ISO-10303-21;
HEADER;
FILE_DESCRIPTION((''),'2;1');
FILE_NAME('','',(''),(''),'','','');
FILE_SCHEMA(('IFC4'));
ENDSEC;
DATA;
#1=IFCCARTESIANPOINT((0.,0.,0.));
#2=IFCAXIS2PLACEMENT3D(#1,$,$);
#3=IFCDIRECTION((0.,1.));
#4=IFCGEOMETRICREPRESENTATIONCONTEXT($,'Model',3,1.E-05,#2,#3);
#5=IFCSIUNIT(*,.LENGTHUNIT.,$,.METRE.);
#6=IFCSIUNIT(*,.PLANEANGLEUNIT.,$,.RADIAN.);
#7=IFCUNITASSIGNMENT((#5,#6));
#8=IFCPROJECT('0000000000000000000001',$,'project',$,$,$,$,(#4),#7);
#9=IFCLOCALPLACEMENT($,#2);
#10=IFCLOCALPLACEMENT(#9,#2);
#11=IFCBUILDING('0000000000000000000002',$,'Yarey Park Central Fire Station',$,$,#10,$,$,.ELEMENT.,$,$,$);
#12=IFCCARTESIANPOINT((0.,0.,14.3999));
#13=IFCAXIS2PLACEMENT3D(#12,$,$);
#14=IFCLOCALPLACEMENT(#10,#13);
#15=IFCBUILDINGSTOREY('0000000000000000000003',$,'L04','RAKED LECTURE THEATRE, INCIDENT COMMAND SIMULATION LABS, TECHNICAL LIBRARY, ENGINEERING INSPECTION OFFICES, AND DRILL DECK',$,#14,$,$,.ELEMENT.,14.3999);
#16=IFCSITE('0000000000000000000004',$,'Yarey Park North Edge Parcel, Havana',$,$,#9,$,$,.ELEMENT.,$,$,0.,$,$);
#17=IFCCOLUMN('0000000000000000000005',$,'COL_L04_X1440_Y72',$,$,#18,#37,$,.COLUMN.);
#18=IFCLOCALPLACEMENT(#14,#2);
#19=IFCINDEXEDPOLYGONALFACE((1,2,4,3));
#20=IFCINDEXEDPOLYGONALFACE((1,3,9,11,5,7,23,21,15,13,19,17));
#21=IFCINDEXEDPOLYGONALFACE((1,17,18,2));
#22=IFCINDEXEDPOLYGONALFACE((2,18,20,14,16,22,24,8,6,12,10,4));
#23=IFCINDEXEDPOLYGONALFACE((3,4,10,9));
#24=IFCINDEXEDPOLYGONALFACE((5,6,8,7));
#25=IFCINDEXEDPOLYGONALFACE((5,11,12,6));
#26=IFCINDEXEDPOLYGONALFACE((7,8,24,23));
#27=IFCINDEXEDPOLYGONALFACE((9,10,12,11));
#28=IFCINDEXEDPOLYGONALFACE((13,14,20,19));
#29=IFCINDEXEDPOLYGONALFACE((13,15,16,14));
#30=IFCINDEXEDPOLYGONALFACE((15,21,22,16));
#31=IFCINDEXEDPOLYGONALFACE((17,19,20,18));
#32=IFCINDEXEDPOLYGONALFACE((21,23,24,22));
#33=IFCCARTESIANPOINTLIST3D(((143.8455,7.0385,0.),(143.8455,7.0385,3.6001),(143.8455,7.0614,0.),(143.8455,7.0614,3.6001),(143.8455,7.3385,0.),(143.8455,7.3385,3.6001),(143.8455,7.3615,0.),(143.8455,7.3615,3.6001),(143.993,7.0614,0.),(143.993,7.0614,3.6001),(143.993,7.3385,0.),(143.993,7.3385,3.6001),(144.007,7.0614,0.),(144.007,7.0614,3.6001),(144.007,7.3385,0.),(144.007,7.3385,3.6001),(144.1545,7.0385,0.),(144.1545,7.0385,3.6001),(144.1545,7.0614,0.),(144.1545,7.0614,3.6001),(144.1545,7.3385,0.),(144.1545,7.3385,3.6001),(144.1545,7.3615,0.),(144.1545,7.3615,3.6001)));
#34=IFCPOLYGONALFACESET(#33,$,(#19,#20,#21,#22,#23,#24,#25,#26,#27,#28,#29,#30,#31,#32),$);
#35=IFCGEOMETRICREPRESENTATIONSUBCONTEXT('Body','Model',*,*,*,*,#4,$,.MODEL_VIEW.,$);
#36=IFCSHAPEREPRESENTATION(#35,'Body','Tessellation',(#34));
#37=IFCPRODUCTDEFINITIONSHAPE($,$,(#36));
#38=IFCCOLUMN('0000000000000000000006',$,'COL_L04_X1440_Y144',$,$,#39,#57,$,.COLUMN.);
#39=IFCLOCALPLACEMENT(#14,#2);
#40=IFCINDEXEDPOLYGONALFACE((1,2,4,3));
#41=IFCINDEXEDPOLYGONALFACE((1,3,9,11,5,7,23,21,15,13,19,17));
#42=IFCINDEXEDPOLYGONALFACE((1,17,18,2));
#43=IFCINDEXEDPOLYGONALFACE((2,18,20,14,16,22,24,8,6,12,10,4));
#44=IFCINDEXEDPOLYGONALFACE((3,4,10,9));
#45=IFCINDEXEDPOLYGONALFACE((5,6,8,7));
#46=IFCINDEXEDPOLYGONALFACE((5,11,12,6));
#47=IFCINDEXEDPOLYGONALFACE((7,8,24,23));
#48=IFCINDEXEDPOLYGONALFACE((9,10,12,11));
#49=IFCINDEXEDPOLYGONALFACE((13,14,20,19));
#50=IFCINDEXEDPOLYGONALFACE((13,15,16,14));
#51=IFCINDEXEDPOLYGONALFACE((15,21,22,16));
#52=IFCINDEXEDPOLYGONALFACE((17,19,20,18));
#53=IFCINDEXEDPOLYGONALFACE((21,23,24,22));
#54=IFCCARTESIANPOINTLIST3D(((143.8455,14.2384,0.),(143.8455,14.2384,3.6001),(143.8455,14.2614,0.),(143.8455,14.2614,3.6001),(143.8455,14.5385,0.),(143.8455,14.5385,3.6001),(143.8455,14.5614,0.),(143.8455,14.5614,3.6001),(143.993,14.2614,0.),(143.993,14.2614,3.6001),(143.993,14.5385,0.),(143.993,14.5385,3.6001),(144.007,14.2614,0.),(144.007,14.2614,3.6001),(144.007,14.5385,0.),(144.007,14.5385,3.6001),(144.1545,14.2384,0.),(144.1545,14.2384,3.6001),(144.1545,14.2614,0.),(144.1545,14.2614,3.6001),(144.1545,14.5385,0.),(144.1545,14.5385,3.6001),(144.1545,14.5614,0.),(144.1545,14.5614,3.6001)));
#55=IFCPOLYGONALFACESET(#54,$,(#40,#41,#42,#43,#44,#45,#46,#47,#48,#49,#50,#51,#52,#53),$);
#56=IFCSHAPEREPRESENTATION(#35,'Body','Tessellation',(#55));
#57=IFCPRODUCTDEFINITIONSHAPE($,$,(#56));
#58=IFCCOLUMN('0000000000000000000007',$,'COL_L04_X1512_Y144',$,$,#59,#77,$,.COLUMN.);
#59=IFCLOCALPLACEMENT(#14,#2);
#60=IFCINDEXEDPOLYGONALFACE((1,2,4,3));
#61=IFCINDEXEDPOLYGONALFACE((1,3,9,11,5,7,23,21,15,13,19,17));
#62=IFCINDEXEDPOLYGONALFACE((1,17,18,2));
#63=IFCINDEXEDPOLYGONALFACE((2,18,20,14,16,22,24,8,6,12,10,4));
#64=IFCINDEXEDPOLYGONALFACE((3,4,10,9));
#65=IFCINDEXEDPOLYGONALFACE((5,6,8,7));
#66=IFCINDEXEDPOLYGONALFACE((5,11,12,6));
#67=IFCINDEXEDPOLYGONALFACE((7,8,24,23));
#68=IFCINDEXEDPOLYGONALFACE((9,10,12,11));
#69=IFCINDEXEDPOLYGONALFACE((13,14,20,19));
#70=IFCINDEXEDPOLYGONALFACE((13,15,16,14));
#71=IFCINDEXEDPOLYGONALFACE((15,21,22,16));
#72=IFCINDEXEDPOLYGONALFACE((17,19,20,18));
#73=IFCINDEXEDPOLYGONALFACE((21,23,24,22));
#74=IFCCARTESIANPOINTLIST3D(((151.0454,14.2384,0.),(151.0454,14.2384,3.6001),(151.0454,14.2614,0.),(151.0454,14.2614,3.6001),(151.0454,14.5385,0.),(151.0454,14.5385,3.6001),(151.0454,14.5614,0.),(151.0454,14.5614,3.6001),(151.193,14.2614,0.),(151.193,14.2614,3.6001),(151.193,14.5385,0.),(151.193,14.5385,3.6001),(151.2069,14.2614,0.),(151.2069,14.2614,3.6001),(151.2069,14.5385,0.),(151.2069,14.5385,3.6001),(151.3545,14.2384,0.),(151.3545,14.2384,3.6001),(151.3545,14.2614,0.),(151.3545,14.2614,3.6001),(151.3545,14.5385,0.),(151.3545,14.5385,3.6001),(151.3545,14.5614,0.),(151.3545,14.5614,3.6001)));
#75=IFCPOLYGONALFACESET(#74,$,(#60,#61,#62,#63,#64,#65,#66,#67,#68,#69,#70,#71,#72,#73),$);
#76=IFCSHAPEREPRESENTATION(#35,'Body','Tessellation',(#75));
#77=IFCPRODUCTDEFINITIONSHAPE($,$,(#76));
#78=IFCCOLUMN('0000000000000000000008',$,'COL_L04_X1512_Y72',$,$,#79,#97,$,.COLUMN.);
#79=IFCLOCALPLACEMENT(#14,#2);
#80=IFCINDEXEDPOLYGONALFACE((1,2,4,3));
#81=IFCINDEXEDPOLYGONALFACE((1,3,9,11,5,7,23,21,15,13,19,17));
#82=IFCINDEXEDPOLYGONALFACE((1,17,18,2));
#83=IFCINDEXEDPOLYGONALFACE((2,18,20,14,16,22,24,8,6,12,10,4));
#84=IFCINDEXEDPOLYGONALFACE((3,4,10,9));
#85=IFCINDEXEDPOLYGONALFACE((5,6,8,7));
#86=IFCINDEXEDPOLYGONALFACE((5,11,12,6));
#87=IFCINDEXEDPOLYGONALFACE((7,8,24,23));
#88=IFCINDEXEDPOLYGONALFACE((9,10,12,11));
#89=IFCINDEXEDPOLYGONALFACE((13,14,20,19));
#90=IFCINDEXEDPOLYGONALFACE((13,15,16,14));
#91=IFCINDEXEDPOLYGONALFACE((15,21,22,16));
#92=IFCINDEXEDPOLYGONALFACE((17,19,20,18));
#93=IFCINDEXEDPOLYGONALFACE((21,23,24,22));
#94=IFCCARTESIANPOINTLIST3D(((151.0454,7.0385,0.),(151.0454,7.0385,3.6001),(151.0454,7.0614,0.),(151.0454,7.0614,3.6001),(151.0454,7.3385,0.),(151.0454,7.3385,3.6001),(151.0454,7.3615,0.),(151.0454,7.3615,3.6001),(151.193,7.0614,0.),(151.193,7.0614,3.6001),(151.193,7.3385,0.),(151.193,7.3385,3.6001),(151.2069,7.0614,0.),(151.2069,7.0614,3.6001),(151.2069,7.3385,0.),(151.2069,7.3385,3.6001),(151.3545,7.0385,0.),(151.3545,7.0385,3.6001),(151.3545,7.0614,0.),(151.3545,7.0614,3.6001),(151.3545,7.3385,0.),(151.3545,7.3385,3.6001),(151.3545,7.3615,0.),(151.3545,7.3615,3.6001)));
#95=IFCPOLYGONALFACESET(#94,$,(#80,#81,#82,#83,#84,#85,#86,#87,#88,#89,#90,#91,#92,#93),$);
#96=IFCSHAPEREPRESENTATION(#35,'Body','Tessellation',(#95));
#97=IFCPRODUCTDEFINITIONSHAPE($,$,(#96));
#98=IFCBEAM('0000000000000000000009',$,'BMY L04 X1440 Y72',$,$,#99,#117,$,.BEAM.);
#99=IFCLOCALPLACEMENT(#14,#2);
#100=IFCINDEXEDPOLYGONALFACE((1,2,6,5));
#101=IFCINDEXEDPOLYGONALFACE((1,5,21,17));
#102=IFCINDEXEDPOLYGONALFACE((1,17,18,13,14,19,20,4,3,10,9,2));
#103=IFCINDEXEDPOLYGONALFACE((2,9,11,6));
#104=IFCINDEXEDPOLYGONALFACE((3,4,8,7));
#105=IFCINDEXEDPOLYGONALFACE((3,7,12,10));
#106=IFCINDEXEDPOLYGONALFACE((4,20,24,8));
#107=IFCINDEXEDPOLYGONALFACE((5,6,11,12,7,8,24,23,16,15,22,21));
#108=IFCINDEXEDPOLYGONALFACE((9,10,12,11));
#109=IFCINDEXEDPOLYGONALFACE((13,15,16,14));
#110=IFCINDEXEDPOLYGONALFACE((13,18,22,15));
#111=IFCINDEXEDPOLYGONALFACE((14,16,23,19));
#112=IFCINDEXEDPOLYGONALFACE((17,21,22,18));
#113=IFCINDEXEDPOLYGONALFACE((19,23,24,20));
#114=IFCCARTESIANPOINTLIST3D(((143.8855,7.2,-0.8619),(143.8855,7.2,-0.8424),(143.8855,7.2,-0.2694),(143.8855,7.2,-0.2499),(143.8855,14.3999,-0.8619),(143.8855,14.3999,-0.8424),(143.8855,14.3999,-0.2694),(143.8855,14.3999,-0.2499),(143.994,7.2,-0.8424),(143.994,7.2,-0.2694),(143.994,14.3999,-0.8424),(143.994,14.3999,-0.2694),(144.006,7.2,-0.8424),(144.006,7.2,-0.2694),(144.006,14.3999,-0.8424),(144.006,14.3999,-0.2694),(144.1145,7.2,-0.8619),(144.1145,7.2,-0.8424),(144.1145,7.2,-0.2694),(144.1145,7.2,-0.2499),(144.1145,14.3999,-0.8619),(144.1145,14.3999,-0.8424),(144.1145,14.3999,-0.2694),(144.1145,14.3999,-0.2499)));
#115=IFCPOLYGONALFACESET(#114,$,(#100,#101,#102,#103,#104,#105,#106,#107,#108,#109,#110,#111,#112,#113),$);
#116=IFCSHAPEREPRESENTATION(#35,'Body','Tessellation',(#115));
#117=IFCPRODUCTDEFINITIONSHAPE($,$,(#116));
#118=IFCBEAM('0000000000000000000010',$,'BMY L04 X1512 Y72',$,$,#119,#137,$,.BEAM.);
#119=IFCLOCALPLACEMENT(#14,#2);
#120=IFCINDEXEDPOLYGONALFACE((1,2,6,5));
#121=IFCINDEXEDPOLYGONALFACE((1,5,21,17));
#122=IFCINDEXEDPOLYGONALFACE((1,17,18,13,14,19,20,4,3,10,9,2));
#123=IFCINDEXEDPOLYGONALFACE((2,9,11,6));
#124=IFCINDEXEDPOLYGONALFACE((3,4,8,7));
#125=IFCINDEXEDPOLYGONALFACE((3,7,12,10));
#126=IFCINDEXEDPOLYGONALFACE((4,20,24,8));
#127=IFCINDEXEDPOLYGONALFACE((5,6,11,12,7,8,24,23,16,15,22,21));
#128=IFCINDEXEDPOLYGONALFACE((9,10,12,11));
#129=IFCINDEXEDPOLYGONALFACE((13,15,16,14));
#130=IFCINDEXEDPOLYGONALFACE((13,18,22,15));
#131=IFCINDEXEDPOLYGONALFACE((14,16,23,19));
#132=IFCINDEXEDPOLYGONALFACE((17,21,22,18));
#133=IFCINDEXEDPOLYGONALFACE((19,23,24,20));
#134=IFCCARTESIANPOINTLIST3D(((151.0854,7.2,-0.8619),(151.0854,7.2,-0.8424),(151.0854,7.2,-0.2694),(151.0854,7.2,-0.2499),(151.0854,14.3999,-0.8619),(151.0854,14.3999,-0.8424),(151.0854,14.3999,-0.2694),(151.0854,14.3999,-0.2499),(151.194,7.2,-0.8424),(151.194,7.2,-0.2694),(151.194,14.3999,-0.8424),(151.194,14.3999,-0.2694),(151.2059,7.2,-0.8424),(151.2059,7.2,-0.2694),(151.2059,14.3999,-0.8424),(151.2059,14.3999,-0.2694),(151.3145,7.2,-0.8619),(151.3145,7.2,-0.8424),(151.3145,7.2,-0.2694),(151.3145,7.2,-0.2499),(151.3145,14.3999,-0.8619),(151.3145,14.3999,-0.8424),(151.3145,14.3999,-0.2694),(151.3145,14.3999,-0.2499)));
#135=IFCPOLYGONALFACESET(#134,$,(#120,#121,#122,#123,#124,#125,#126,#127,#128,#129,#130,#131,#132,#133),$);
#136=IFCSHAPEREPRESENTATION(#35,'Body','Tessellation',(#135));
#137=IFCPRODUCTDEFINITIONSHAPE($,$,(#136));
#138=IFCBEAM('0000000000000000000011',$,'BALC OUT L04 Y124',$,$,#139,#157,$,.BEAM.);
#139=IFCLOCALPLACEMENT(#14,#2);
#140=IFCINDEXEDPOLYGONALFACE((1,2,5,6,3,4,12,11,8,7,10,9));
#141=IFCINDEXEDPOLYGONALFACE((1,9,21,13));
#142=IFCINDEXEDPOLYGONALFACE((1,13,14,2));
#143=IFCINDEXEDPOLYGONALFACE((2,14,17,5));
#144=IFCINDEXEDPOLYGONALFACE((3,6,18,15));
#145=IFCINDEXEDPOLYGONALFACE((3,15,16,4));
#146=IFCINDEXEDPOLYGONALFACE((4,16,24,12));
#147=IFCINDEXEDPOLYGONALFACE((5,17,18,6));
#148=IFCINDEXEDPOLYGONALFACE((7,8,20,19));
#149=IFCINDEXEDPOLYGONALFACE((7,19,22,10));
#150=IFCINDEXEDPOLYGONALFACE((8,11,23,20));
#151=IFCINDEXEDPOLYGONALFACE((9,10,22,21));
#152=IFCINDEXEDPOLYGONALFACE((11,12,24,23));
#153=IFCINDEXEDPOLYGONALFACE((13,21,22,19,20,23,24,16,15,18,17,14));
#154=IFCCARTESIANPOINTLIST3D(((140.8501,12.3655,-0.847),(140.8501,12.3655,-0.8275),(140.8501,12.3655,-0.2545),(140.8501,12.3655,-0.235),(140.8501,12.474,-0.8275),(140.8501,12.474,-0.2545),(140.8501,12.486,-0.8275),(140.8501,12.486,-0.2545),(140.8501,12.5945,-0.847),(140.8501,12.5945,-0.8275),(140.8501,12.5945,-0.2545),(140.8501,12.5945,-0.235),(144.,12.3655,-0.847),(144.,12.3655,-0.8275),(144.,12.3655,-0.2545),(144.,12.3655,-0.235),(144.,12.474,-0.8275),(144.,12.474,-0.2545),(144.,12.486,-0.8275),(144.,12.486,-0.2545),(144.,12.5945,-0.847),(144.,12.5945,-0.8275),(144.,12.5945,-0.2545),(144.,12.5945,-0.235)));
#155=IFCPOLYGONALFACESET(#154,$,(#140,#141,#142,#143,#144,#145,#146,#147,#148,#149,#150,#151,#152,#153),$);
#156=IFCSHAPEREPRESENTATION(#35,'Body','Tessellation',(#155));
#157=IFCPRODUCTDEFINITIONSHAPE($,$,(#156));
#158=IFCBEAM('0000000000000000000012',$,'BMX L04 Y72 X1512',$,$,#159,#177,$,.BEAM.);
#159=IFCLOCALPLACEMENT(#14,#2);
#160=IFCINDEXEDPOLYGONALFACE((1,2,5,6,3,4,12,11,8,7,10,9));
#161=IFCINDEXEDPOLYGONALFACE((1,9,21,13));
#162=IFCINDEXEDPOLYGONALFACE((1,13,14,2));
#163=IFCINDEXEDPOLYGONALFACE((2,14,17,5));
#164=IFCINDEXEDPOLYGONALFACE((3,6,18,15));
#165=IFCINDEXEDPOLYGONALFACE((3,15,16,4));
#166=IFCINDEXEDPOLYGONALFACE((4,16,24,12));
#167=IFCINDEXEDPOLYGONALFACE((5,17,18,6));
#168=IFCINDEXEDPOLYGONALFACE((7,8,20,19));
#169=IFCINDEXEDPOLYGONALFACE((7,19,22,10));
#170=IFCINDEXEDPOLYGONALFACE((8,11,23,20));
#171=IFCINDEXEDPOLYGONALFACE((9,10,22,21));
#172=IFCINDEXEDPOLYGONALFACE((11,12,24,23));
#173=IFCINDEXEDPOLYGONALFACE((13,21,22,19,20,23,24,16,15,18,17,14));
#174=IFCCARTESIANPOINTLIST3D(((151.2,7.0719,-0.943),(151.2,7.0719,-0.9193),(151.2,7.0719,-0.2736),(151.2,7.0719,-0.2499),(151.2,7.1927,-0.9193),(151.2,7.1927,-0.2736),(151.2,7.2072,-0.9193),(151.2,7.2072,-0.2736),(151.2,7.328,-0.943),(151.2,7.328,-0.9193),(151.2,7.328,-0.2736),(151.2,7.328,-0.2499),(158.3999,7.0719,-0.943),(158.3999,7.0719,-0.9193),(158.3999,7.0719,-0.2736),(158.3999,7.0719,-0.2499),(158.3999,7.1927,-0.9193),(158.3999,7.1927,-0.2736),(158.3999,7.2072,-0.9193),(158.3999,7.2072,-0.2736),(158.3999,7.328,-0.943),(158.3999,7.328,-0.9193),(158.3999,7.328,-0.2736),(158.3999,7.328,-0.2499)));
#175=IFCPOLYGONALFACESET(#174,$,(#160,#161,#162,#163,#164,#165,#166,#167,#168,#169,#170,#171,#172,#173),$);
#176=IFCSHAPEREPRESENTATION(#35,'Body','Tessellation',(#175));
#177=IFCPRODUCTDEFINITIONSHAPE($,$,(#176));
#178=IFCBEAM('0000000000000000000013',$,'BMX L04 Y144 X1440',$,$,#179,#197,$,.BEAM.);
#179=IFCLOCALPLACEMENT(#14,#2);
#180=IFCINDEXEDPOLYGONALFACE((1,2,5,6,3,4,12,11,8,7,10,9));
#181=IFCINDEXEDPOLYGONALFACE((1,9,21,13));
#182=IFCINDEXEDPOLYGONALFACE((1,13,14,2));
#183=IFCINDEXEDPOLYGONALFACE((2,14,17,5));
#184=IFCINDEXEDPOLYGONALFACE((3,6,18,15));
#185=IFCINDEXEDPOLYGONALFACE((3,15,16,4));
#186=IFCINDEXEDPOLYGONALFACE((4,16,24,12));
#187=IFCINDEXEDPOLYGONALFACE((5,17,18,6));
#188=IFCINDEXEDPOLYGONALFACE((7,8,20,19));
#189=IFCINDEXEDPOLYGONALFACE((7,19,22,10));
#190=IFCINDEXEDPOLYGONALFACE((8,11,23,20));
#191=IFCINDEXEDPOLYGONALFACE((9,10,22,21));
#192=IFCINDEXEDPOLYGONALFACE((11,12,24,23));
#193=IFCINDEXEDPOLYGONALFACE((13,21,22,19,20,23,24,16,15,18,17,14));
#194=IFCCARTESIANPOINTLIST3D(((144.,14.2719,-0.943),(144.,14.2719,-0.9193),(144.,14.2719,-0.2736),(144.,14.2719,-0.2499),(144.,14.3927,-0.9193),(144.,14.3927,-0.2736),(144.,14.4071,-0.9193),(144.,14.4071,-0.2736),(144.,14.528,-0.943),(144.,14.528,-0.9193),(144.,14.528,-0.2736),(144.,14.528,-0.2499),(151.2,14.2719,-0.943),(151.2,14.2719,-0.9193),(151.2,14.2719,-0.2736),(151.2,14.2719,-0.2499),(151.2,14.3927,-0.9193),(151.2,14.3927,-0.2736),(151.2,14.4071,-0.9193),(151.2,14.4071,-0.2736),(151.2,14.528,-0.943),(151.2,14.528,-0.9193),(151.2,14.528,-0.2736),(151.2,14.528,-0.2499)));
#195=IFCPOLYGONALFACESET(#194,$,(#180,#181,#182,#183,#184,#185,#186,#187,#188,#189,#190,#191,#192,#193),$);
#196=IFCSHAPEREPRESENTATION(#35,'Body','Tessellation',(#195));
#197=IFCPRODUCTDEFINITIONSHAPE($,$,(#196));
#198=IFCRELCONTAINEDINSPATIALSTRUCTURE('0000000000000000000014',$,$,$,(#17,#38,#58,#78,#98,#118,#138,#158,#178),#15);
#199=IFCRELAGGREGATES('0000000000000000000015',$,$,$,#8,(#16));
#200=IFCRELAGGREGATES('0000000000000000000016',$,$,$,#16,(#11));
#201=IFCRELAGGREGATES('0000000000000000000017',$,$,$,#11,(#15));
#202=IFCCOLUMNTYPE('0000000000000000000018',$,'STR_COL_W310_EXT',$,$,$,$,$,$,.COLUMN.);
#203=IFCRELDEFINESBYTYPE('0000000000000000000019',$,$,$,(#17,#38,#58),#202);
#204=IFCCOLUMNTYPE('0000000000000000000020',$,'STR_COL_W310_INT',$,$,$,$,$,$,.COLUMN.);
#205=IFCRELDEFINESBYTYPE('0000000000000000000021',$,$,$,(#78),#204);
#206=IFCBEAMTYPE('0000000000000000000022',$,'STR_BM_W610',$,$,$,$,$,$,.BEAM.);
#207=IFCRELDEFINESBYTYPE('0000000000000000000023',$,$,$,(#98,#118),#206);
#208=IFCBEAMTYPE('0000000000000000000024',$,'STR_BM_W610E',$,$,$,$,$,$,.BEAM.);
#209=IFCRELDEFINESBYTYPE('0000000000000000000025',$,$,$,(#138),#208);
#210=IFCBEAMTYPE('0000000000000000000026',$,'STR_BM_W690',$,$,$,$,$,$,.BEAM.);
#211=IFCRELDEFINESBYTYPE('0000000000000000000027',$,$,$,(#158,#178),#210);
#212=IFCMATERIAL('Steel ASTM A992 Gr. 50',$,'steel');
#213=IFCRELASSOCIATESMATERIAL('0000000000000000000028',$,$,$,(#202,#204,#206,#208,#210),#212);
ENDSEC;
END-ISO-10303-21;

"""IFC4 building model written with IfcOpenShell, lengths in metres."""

from ifc_helpers import new_model, si_unit, direction, frame, origin, origin_2d, place, context, subcontext, project, spatial, i_section, extrude, material, material_profile, profile_set, type_object, element, save


model = new_model("IFC4")

# Units and contexts
model_context = context("Model", 3, precision=1e-05, world=origin(), true_north=direction((0.0, 1.0)))
body_context = subcontext(model_context, "Body", "Model", "MODEL_VIEW")
ifc_project = project(units=[si_unit("LENGTHUNIT", "METRE"), si_unit("PLANEANGLEUNIT", "RADIAN")], contexts=[model_context])

# Site, building, storey
site_placement = place(None, origin())
site = spatial("IfcSite", under=ifc_project, at=site_placement, Name="Yarey Park North Edge Parcel, Havana", CompositionType="ELEMENT", RefElevation=0.0)
building_placement = place(site_placement, origin())
building = spatial("IfcBuilding", under=site, at=building_placement, Name="Yarey Park Central Fire Station", CompositionType="ELEMENT")
storey_placement = place(building_placement, frame((0.0, 0.0, 14.3999)))
storey = spatial("IfcBuildingStorey", under=building, at=storey_placement, Name="L04", Description="RAKED LECTURE THEATRE, INCIDENT COMMAND SIMULATION LABS, TECHNICAL LIBRARY, ENGINEERING INSPECTION OFFICES, AND DRILL DECK", CompositionType="ELEMENT", Elevation=14.3999)

# Columns
ifc_material_1 = material(Name="Steel ASTM A992 Gr. 50", Category="steel")
ifc_material_profile_1 = material_profile(ifc_material_1, i_section(OverallWidth=0.3091, OverallDepth=0.323, WebThickness=0.0139, FlangeThickness=0.0229, at=origin_2d()), Name="W310x143")
ifc_profile_set_1 = profile_set([ifc_material_profile_1], Name="Steel ASTM A992 Gr. 50")
column_type_1 = type_object("IfcColumnType", Name="STR_COL_W310_EXT", PredefinedType="COLUMN", material=ifc_profile_set_1)
for number, where, z_axis, x_axis, name in (
    (1, (144.0, 7.2, 0.0), (0.0, 0.0, 1.0), (1.0, 0.0, 0.0), "COL_L04_X1440_Y72"),
    (2, (144.0, 14.3999, 0.0), (0.0, 0.0, 1.0), (1.0, 0.0, 0.0), "COL_L04_X1440_Y144"),
    (3, (151.2, 14.3999, 0.0), (0.0, 0.0, 1.0), (1.0, 0.0, 0.0), "COL_L04_X1512_Y144"),
):
    element("IfcColumn", number, at=place(storey_placement, frame(where, z_axis=z_axis, x_axis=x_axis)), inside=storey, type_object=column_type_1, Name=name, PredefinedType="COLUMN", context=body_context, shape_type="SweptSolid", body=[
        extrude(i_section(OverallWidth=0.3091, OverallDepth=0.323, WebThickness=0.0139, FlangeThickness=0.0229, at=origin_2d()), origin(), (0.0, 0.0, 1.0), 3.6001),
    ])
ifc_material_profile_2 = material_profile(ifc_material_1, i_section(OverallWidth=0.3091, OverallDepth=0.323, WebThickness=0.0139, FlangeThickness=0.0229, at=origin_2d()), Name="W310x143")
ifc_profile_set_2 = profile_set([ifc_material_profile_2], Name="Steel ASTM A992 Gr. 50")
column_type_2 = type_object("IfcColumnType", Name="STR_COL_W310_INT", PredefinedType="COLUMN", material=ifc_profile_set_2)
column_placement = place(storey_placement, frame((151.2, 7.2, 0.0), z_axis=(0.0, 0.0, 1.0), x_axis=(1.0, 0.0, 0.0)))
element("IfcColumn", 4, at=column_placement, inside=storey, type_object=column_type_2, Name="COL_L04_X1512_Y72", PredefinedType="COLUMN", context=body_context, shape_type="SweptSolid", body=[
    extrude(i_section(OverallWidth=0.3091, OverallDepth=0.323, WebThickness=0.0139, FlangeThickness=0.0229, at=origin_2d()), origin(), (0.0, 0.0, 1.0), 3.6001),
])

# Beams
ifc_material_profile_3 = material_profile(ifc_material_1, i_section(OverallWidth=0.229, OverallDepth=0.6121, WebThickness=0.012, FlangeThickness=0.0195, at=origin_2d()), Name="W610x125")
ifc_profile_set_3 = profile_set([ifc_material_profile_3], Name="Steel ASTM A992 Gr. 50")
beam_type_1 = type_object("IfcBeamType", Name="STR_BM_W610", PredefinedType="BEAM", material=ifc_profile_set_3)
for number, where, z_axis, x_axis, name in (
    (5, (144.0, 7.2, -0.5559), (0.0, 1.0, 0.0), (-1.0, 0.0, 0.0), "BMY L04 X1440 Y72"),
    (6, (151.2, 7.2, -0.5559), (0.0, 1.0, 0.0), (-1.0, 0.0, 0.0), "BMY L04 X1512 Y72"),
):
    element("IfcBeam", number, at=place(storey_placement, frame(where, z_axis=z_axis, x_axis=x_axis)), inside=storey, type_object=beam_type_1, Name=name, PredefinedType="BEAM", context=body_context, shape_type="SweptSolid", body=[
        extrude(i_section(OverallWidth=0.229, OverallDepth=0.6121, WebThickness=0.012, FlangeThickness=0.0195, at=origin_2d()), origin(), (0.0, 0.0, 1.0), 7.2),
    ])
ifc_material_profile_4 = material_profile(ifc_material_1, i_section(OverallWidth=0.229, OverallDepth=0.6121, WebThickness=0.012, FlangeThickness=0.0195, at=origin_2d()), Name="W610x125")
ifc_profile_set_4 = profile_set([ifc_material_profile_4], Name="Steel ASTM A992 Gr. 50")
beam_type_2 = type_object("IfcBeamType", Name="STR_BM_W610E", PredefinedType="BEAM", material=ifc_profile_set_4)
beam_placement = place(storey_placement, frame((140.8501, 12.48, -0.541), z_axis=(1.0, 0.0, 0.0), x_axis=(0.0, 1.0, 0.0)))
element("IfcBeam", 7, at=beam_placement, inside=storey, type_object=beam_type_2, Name="BALC OUT L04 Y124", PredefinedType="BEAM", context=body_context, shape_type="SweptSolid", body=[
    extrude(i_section(OverallWidth=0.229, OverallDepth=0.6121, WebThickness=0.012, FlangeThickness=0.0195, at=origin_2d()), origin(), (0.0, 0.0, 1.0), 3.1499),
])
ifc_material_profile_5 = material_profile(ifc_material_1, i_section(OverallWidth=0.2561, OverallDepth=0.6931, WebThickness=0.0144, FlangeThickness=0.0237, at=origin_2d()), Name="W690x170")
ifc_profile_set_5 = profile_set([ifc_material_profile_5], Name="Steel ASTM A992 Gr. 50")
beam_type_3 = type_object("IfcBeamType", Name="STR_BM_W690", PredefinedType="BEAM", material=ifc_profile_set_5)
for number, where, z_axis, x_axis, name in (
    (8, (151.2, 7.2, -0.5964), (1.0, 0.0, 0.0), (0.0, 1.0, 0.0), "BMX L04 Y72 X1512"),
    (9, (144.0, 14.3999, -0.5964), (1.0, 0.0, 0.0), (0.0, 1.0, 0.0), "BMX L04 Y144 X1440"),
):
    element("IfcBeam", number, at=place(storey_placement, frame(where, z_axis=z_axis, x_axis=x_axis)), inside=storey, type_object=beam_type_3, Name=name, PredefinedType="BEAM", context=body_context, shape_type="SweptSolid", body=[
        extrude(i_section(OverallWidth=0.2561, OverallDepth=0.6931, WebThickness=0.0144, FlangeThickness=0.0237, at=origin_2d()), origin(), (0.0, 0.0, 1.0), 7.2),
    ])

save(model, "model.ifc")
